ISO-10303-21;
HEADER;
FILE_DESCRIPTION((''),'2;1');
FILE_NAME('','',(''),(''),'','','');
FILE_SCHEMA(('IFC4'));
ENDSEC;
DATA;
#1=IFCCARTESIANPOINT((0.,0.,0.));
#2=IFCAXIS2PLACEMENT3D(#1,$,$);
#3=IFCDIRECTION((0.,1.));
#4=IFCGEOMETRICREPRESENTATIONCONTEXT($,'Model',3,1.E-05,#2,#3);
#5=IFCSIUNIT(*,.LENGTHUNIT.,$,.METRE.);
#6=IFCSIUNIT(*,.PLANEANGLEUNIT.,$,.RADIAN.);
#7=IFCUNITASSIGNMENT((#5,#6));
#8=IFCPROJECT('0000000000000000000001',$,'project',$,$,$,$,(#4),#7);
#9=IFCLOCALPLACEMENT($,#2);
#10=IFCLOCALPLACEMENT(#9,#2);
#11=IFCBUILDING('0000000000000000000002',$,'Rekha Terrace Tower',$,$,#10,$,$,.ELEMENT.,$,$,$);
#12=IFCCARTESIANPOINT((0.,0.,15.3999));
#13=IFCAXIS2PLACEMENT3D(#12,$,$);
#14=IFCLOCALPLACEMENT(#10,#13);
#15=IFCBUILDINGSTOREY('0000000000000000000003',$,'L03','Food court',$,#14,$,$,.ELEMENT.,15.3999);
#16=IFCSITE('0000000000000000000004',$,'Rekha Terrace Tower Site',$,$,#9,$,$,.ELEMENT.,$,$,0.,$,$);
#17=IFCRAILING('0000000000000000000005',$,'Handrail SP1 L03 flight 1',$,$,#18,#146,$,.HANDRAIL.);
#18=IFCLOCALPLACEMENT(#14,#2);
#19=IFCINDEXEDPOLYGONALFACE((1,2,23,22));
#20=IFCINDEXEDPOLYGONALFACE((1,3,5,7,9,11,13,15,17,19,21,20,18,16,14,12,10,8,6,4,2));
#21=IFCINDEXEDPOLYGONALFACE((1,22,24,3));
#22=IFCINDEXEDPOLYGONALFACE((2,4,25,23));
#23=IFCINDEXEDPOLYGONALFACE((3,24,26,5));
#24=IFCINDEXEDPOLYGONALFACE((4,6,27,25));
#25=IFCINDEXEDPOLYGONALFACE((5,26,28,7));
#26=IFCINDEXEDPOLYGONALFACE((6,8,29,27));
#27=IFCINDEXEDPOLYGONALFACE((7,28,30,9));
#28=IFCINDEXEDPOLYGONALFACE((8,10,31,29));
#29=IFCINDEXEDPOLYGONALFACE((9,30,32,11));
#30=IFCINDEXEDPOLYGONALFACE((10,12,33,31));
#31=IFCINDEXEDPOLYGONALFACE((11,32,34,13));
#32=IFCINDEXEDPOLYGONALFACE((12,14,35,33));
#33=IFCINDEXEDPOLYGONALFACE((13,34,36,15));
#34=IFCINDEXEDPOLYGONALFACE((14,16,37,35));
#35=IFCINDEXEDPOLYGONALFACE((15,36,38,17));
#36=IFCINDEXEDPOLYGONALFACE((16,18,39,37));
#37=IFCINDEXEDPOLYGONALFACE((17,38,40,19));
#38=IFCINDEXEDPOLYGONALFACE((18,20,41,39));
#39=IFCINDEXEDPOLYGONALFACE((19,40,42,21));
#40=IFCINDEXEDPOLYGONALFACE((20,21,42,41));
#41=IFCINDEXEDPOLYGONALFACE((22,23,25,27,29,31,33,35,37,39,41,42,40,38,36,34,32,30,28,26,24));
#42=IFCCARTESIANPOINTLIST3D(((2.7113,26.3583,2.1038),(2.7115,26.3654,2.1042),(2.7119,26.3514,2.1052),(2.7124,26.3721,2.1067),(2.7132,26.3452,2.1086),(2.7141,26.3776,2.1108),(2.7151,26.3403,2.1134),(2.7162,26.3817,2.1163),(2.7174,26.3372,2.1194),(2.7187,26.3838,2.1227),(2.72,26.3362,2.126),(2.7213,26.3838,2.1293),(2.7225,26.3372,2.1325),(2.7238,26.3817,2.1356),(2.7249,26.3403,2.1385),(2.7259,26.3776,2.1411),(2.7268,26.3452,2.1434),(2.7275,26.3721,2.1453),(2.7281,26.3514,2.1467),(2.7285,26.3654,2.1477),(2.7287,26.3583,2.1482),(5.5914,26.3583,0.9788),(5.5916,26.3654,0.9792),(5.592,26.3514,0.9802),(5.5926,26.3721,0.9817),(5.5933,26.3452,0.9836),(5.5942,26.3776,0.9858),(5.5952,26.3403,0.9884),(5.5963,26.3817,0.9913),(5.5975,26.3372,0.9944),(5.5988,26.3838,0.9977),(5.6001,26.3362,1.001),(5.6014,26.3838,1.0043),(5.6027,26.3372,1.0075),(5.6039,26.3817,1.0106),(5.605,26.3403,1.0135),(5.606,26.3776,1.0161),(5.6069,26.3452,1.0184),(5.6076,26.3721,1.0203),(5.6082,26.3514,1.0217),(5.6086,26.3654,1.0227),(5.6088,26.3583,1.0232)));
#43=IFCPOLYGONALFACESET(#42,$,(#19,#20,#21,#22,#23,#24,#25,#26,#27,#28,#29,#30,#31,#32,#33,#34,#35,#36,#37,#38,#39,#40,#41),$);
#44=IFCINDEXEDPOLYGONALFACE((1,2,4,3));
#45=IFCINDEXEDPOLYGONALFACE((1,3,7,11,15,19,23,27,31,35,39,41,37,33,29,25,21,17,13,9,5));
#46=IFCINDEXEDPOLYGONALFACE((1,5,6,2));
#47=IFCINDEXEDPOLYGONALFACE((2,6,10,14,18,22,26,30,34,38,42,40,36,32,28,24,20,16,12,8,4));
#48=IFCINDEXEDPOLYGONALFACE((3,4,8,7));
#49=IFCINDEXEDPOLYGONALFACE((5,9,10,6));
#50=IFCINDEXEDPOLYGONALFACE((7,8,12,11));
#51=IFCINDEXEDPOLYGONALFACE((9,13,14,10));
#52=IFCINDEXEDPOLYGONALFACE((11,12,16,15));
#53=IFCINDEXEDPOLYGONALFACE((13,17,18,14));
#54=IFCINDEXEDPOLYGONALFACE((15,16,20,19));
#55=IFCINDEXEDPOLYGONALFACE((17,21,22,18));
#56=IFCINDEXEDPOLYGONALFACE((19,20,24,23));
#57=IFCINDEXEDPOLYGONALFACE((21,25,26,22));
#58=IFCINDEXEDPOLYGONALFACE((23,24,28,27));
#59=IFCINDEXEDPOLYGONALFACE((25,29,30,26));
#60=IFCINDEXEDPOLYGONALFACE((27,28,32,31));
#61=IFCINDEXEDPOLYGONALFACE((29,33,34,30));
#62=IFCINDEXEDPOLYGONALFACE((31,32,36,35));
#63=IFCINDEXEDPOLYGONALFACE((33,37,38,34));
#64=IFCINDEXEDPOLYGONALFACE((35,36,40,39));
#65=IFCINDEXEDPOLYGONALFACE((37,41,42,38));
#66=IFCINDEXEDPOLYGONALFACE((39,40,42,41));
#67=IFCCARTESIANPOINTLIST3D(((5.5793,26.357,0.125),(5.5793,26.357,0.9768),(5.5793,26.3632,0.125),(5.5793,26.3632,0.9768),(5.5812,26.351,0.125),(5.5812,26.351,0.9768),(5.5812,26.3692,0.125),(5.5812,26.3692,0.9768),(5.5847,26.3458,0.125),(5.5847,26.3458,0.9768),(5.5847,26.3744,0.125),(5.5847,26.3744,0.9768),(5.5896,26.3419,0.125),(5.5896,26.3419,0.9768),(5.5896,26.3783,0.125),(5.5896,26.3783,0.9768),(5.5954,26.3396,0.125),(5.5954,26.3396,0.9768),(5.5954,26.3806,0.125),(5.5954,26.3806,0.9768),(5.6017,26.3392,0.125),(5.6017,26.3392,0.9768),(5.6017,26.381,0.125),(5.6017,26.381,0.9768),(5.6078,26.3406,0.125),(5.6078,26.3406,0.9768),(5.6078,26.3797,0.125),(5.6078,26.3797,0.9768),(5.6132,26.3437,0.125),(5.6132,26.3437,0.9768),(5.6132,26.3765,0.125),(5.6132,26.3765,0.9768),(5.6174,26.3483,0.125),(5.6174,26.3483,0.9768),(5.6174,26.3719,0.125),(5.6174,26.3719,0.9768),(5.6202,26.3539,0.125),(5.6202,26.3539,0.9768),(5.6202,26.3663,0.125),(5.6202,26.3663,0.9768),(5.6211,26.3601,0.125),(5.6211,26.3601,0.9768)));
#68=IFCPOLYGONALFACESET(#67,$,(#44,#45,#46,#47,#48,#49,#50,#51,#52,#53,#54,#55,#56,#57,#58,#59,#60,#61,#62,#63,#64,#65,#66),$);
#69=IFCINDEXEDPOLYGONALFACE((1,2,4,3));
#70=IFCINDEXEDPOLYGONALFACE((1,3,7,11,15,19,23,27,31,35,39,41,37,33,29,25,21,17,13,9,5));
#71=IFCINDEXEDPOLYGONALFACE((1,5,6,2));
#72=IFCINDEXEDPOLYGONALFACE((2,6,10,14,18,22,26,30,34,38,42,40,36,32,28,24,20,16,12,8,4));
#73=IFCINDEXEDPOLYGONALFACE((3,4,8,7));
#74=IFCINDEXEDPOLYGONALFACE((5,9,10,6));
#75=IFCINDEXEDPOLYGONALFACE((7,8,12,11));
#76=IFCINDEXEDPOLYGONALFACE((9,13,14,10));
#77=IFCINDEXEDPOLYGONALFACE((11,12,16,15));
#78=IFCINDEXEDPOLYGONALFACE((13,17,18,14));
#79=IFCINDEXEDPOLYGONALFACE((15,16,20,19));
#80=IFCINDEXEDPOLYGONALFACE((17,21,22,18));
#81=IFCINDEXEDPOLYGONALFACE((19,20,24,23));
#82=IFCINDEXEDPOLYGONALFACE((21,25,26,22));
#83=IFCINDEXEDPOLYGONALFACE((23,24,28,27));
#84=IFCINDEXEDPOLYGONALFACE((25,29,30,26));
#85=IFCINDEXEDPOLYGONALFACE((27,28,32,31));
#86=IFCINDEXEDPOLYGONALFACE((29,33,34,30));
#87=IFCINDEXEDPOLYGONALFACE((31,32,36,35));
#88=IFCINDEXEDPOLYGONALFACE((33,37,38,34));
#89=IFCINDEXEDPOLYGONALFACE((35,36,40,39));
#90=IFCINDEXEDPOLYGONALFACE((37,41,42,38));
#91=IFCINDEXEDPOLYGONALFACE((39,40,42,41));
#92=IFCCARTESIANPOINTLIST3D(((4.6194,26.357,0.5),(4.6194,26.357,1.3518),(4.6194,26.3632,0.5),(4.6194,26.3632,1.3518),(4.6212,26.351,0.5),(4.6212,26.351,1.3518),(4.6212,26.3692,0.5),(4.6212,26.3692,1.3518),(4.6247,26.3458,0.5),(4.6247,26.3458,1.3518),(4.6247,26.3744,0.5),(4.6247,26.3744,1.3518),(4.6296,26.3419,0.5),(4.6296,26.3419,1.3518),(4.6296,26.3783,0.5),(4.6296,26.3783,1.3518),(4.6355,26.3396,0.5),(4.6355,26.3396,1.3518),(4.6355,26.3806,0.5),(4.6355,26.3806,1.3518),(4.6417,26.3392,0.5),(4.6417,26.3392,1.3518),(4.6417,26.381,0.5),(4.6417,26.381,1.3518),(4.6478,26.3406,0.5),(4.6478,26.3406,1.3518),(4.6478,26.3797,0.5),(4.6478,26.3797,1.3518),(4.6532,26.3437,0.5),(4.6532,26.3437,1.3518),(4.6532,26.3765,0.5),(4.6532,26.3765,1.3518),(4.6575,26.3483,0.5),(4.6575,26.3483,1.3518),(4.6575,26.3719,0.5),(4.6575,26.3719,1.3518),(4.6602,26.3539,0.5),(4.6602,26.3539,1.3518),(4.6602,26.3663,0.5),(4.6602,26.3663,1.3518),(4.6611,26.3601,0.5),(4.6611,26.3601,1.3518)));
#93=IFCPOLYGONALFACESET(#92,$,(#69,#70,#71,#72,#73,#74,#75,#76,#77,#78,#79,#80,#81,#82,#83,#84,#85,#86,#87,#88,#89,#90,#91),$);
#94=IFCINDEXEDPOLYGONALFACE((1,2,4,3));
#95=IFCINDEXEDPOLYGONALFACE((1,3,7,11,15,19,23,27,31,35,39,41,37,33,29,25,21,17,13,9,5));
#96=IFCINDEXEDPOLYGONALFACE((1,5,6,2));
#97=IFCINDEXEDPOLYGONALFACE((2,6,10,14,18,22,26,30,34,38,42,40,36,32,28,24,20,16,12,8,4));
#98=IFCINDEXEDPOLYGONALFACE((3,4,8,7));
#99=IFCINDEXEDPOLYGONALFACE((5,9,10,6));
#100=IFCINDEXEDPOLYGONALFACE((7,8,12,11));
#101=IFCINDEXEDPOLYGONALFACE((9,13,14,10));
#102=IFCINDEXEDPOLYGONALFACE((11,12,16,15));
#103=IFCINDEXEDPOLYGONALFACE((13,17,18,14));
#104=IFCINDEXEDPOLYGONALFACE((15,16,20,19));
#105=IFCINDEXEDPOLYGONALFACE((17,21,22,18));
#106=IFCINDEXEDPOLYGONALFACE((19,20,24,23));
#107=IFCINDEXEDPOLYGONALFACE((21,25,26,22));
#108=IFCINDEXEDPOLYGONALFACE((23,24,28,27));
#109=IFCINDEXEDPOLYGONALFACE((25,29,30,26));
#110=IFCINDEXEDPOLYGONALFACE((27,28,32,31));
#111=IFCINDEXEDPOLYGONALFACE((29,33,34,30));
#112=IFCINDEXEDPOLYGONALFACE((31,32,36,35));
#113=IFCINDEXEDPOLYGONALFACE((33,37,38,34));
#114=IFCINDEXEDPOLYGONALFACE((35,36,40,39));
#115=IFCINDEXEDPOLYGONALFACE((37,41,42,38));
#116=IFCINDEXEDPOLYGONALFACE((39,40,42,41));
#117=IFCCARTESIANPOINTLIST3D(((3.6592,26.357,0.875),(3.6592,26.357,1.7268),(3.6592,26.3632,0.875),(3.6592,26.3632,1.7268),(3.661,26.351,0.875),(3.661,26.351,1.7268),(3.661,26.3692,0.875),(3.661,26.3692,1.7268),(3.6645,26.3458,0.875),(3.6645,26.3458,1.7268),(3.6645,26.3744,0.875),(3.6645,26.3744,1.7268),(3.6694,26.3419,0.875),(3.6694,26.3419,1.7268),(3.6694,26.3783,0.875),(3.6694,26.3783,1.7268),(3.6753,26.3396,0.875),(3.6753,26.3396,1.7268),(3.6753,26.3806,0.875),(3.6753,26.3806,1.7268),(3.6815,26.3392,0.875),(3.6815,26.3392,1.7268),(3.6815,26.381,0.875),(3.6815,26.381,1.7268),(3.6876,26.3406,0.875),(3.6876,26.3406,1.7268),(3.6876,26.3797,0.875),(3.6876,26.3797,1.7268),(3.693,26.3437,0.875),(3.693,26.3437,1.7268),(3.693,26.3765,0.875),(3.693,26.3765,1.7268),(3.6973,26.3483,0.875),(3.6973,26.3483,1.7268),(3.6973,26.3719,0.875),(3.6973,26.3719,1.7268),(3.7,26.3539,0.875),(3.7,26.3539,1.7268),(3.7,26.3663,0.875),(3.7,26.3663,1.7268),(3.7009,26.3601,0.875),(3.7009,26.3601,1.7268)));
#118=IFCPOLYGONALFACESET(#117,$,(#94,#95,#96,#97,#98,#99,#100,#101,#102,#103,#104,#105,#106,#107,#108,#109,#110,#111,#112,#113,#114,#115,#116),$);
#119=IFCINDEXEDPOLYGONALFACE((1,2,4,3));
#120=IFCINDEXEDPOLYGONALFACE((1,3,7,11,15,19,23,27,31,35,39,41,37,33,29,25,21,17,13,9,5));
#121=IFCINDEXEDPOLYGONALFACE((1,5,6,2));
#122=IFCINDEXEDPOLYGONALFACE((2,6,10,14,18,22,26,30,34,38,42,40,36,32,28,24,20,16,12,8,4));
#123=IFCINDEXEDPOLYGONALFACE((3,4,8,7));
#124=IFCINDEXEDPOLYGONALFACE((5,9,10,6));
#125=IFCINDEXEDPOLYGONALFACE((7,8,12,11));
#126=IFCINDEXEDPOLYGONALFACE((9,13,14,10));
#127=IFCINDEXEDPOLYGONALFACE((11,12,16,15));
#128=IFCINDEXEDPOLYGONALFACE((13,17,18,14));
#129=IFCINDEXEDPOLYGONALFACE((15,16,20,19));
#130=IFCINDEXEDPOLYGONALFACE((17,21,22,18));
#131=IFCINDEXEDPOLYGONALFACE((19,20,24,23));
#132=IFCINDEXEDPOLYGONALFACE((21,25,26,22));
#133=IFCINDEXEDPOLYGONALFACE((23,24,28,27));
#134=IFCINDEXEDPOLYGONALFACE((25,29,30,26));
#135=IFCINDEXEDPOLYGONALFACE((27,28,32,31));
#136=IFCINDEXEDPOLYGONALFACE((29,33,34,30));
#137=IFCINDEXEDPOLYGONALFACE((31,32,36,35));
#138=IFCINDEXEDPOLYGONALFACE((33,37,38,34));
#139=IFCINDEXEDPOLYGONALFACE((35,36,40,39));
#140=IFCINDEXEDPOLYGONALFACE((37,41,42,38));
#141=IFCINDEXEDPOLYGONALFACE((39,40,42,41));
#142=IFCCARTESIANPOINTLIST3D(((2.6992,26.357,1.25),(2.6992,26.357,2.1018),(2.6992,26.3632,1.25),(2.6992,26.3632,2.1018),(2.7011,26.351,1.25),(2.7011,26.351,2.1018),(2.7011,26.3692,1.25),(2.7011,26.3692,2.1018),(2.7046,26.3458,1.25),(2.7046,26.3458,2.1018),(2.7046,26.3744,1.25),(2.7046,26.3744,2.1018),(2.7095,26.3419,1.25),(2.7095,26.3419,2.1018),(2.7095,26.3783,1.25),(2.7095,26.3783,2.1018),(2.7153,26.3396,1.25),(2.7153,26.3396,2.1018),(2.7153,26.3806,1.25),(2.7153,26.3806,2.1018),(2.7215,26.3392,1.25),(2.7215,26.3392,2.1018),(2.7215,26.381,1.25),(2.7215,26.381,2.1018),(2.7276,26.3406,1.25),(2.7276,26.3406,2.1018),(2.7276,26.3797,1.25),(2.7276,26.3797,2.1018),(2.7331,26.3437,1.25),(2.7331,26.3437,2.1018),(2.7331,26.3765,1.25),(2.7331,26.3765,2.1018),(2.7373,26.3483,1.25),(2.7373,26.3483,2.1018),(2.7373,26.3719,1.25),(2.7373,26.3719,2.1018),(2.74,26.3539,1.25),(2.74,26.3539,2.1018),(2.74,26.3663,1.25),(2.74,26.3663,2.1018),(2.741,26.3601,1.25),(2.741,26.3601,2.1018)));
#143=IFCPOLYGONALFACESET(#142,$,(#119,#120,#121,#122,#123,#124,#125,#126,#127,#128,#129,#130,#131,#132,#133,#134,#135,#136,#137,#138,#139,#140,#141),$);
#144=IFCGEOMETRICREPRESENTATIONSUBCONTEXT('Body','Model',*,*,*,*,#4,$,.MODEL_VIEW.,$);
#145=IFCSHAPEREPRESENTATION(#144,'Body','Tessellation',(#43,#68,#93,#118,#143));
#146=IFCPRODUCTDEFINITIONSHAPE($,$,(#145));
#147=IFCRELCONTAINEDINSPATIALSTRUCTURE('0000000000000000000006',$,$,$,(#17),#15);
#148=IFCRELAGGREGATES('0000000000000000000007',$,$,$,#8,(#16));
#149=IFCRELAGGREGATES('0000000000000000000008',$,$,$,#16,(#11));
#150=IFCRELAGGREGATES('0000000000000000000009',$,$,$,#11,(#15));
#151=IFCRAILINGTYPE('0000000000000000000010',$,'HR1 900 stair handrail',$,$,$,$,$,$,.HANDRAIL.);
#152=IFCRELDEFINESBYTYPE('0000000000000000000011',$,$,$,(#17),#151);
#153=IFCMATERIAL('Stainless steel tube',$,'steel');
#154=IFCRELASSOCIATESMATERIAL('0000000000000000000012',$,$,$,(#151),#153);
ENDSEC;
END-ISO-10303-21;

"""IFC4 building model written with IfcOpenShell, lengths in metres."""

from ifc_helpers import new_model, si_unit, direction, frame, origin, origin_2d, place, context, subcontext, project, spatial, circle, extrude, material, type_object, element, save


model = new_model("IFC4")

# Units and contexts
model_context = context("Model", 3, precision=1e-05, world=origin(), true_north=direction((0.0, 1.0)))
body_context = subcontext(model_context, "Body", "Model", "MODEL_VIEW")
ifc_project = project(units=[si_unit("LENGTHUNIT", "METRE"), si_unit("PLANEANGLEUNIT", "RADIAN")], contexts=[model_context])

# Site, building, storey
site_placement = place(None, origin())
site = spatial("IfcSite", under=ifc_project, at=site_placement, Name="Rekha Terrace Tower Site", CompositionType="ELEMENT", RefElevation=0.0)
building_placement = place(site_placement, origin())
building = spatial("IfcBuilding", under=site, at=building_placement, Name="Rekha Terrace Tower", CompositionType="ELEMENT")
storey_placement = place(building_placement, frame((0.0, 0.0, 15.3999)))
storey = spatial("IfcBuildingStorey", under=building, at=storey_placement, Name="L03", Description="Food court", CompositionType="ELEMENT", Elevation=15.3999)

# Railing
ifc_material_1 = material(Name="Stainless steel tube", Category="steel")
railing_type_1 = type_object("IfcRailingType", Name="HR1 900 stair handrail", PredefinedType="HANDRAIL", material=ifc_material_1)
railing_1_placement = place(storey_placement, frame((5.6001, 26.3601, 0.125)))
element("IfcRailing", 1, at=railing_1_placement, inside=storey, type_object=railing_type_1, Name="Handrail SP1 L03 flight 1", PredefinedType="HANDRAIL", context=body_context, shape_type="SweptSolid", body=[
    extrude(circle(Radius=0.0239, at=origin_2d()), frame((0.0, 0.0, 0.876), z_axis=(-0.931463, 0.0, 0.363837), x_axis=(0.0, -1.0, 0.0)), (0.0, 0.0, 1.0), 3.092),
    extrude(circle(Radius=0.021, at=origin_2d()), origin(), (0.0, 0.0, 1.0), 0.8518),
    extrude(circle(Radius=0.021, at=origin_2d()), frame((-0.96, 0.0, 0.375)), (0.0, 0.0, 1.0), 0.8518),
    extrude(circle(Radius=0.021, at=origin_2d()), frame((-1.9202, 0.0, 0.75)), (0.0, 0.0, 1.0), 0.8518),
    extrude(circle(Radius=0.021, at=origin_2d()), frame((-2.8801, 0.0, 1.125)), (0.0, 0.0, 1.0), 0.8518),
])

save(model, "model.ifc")
